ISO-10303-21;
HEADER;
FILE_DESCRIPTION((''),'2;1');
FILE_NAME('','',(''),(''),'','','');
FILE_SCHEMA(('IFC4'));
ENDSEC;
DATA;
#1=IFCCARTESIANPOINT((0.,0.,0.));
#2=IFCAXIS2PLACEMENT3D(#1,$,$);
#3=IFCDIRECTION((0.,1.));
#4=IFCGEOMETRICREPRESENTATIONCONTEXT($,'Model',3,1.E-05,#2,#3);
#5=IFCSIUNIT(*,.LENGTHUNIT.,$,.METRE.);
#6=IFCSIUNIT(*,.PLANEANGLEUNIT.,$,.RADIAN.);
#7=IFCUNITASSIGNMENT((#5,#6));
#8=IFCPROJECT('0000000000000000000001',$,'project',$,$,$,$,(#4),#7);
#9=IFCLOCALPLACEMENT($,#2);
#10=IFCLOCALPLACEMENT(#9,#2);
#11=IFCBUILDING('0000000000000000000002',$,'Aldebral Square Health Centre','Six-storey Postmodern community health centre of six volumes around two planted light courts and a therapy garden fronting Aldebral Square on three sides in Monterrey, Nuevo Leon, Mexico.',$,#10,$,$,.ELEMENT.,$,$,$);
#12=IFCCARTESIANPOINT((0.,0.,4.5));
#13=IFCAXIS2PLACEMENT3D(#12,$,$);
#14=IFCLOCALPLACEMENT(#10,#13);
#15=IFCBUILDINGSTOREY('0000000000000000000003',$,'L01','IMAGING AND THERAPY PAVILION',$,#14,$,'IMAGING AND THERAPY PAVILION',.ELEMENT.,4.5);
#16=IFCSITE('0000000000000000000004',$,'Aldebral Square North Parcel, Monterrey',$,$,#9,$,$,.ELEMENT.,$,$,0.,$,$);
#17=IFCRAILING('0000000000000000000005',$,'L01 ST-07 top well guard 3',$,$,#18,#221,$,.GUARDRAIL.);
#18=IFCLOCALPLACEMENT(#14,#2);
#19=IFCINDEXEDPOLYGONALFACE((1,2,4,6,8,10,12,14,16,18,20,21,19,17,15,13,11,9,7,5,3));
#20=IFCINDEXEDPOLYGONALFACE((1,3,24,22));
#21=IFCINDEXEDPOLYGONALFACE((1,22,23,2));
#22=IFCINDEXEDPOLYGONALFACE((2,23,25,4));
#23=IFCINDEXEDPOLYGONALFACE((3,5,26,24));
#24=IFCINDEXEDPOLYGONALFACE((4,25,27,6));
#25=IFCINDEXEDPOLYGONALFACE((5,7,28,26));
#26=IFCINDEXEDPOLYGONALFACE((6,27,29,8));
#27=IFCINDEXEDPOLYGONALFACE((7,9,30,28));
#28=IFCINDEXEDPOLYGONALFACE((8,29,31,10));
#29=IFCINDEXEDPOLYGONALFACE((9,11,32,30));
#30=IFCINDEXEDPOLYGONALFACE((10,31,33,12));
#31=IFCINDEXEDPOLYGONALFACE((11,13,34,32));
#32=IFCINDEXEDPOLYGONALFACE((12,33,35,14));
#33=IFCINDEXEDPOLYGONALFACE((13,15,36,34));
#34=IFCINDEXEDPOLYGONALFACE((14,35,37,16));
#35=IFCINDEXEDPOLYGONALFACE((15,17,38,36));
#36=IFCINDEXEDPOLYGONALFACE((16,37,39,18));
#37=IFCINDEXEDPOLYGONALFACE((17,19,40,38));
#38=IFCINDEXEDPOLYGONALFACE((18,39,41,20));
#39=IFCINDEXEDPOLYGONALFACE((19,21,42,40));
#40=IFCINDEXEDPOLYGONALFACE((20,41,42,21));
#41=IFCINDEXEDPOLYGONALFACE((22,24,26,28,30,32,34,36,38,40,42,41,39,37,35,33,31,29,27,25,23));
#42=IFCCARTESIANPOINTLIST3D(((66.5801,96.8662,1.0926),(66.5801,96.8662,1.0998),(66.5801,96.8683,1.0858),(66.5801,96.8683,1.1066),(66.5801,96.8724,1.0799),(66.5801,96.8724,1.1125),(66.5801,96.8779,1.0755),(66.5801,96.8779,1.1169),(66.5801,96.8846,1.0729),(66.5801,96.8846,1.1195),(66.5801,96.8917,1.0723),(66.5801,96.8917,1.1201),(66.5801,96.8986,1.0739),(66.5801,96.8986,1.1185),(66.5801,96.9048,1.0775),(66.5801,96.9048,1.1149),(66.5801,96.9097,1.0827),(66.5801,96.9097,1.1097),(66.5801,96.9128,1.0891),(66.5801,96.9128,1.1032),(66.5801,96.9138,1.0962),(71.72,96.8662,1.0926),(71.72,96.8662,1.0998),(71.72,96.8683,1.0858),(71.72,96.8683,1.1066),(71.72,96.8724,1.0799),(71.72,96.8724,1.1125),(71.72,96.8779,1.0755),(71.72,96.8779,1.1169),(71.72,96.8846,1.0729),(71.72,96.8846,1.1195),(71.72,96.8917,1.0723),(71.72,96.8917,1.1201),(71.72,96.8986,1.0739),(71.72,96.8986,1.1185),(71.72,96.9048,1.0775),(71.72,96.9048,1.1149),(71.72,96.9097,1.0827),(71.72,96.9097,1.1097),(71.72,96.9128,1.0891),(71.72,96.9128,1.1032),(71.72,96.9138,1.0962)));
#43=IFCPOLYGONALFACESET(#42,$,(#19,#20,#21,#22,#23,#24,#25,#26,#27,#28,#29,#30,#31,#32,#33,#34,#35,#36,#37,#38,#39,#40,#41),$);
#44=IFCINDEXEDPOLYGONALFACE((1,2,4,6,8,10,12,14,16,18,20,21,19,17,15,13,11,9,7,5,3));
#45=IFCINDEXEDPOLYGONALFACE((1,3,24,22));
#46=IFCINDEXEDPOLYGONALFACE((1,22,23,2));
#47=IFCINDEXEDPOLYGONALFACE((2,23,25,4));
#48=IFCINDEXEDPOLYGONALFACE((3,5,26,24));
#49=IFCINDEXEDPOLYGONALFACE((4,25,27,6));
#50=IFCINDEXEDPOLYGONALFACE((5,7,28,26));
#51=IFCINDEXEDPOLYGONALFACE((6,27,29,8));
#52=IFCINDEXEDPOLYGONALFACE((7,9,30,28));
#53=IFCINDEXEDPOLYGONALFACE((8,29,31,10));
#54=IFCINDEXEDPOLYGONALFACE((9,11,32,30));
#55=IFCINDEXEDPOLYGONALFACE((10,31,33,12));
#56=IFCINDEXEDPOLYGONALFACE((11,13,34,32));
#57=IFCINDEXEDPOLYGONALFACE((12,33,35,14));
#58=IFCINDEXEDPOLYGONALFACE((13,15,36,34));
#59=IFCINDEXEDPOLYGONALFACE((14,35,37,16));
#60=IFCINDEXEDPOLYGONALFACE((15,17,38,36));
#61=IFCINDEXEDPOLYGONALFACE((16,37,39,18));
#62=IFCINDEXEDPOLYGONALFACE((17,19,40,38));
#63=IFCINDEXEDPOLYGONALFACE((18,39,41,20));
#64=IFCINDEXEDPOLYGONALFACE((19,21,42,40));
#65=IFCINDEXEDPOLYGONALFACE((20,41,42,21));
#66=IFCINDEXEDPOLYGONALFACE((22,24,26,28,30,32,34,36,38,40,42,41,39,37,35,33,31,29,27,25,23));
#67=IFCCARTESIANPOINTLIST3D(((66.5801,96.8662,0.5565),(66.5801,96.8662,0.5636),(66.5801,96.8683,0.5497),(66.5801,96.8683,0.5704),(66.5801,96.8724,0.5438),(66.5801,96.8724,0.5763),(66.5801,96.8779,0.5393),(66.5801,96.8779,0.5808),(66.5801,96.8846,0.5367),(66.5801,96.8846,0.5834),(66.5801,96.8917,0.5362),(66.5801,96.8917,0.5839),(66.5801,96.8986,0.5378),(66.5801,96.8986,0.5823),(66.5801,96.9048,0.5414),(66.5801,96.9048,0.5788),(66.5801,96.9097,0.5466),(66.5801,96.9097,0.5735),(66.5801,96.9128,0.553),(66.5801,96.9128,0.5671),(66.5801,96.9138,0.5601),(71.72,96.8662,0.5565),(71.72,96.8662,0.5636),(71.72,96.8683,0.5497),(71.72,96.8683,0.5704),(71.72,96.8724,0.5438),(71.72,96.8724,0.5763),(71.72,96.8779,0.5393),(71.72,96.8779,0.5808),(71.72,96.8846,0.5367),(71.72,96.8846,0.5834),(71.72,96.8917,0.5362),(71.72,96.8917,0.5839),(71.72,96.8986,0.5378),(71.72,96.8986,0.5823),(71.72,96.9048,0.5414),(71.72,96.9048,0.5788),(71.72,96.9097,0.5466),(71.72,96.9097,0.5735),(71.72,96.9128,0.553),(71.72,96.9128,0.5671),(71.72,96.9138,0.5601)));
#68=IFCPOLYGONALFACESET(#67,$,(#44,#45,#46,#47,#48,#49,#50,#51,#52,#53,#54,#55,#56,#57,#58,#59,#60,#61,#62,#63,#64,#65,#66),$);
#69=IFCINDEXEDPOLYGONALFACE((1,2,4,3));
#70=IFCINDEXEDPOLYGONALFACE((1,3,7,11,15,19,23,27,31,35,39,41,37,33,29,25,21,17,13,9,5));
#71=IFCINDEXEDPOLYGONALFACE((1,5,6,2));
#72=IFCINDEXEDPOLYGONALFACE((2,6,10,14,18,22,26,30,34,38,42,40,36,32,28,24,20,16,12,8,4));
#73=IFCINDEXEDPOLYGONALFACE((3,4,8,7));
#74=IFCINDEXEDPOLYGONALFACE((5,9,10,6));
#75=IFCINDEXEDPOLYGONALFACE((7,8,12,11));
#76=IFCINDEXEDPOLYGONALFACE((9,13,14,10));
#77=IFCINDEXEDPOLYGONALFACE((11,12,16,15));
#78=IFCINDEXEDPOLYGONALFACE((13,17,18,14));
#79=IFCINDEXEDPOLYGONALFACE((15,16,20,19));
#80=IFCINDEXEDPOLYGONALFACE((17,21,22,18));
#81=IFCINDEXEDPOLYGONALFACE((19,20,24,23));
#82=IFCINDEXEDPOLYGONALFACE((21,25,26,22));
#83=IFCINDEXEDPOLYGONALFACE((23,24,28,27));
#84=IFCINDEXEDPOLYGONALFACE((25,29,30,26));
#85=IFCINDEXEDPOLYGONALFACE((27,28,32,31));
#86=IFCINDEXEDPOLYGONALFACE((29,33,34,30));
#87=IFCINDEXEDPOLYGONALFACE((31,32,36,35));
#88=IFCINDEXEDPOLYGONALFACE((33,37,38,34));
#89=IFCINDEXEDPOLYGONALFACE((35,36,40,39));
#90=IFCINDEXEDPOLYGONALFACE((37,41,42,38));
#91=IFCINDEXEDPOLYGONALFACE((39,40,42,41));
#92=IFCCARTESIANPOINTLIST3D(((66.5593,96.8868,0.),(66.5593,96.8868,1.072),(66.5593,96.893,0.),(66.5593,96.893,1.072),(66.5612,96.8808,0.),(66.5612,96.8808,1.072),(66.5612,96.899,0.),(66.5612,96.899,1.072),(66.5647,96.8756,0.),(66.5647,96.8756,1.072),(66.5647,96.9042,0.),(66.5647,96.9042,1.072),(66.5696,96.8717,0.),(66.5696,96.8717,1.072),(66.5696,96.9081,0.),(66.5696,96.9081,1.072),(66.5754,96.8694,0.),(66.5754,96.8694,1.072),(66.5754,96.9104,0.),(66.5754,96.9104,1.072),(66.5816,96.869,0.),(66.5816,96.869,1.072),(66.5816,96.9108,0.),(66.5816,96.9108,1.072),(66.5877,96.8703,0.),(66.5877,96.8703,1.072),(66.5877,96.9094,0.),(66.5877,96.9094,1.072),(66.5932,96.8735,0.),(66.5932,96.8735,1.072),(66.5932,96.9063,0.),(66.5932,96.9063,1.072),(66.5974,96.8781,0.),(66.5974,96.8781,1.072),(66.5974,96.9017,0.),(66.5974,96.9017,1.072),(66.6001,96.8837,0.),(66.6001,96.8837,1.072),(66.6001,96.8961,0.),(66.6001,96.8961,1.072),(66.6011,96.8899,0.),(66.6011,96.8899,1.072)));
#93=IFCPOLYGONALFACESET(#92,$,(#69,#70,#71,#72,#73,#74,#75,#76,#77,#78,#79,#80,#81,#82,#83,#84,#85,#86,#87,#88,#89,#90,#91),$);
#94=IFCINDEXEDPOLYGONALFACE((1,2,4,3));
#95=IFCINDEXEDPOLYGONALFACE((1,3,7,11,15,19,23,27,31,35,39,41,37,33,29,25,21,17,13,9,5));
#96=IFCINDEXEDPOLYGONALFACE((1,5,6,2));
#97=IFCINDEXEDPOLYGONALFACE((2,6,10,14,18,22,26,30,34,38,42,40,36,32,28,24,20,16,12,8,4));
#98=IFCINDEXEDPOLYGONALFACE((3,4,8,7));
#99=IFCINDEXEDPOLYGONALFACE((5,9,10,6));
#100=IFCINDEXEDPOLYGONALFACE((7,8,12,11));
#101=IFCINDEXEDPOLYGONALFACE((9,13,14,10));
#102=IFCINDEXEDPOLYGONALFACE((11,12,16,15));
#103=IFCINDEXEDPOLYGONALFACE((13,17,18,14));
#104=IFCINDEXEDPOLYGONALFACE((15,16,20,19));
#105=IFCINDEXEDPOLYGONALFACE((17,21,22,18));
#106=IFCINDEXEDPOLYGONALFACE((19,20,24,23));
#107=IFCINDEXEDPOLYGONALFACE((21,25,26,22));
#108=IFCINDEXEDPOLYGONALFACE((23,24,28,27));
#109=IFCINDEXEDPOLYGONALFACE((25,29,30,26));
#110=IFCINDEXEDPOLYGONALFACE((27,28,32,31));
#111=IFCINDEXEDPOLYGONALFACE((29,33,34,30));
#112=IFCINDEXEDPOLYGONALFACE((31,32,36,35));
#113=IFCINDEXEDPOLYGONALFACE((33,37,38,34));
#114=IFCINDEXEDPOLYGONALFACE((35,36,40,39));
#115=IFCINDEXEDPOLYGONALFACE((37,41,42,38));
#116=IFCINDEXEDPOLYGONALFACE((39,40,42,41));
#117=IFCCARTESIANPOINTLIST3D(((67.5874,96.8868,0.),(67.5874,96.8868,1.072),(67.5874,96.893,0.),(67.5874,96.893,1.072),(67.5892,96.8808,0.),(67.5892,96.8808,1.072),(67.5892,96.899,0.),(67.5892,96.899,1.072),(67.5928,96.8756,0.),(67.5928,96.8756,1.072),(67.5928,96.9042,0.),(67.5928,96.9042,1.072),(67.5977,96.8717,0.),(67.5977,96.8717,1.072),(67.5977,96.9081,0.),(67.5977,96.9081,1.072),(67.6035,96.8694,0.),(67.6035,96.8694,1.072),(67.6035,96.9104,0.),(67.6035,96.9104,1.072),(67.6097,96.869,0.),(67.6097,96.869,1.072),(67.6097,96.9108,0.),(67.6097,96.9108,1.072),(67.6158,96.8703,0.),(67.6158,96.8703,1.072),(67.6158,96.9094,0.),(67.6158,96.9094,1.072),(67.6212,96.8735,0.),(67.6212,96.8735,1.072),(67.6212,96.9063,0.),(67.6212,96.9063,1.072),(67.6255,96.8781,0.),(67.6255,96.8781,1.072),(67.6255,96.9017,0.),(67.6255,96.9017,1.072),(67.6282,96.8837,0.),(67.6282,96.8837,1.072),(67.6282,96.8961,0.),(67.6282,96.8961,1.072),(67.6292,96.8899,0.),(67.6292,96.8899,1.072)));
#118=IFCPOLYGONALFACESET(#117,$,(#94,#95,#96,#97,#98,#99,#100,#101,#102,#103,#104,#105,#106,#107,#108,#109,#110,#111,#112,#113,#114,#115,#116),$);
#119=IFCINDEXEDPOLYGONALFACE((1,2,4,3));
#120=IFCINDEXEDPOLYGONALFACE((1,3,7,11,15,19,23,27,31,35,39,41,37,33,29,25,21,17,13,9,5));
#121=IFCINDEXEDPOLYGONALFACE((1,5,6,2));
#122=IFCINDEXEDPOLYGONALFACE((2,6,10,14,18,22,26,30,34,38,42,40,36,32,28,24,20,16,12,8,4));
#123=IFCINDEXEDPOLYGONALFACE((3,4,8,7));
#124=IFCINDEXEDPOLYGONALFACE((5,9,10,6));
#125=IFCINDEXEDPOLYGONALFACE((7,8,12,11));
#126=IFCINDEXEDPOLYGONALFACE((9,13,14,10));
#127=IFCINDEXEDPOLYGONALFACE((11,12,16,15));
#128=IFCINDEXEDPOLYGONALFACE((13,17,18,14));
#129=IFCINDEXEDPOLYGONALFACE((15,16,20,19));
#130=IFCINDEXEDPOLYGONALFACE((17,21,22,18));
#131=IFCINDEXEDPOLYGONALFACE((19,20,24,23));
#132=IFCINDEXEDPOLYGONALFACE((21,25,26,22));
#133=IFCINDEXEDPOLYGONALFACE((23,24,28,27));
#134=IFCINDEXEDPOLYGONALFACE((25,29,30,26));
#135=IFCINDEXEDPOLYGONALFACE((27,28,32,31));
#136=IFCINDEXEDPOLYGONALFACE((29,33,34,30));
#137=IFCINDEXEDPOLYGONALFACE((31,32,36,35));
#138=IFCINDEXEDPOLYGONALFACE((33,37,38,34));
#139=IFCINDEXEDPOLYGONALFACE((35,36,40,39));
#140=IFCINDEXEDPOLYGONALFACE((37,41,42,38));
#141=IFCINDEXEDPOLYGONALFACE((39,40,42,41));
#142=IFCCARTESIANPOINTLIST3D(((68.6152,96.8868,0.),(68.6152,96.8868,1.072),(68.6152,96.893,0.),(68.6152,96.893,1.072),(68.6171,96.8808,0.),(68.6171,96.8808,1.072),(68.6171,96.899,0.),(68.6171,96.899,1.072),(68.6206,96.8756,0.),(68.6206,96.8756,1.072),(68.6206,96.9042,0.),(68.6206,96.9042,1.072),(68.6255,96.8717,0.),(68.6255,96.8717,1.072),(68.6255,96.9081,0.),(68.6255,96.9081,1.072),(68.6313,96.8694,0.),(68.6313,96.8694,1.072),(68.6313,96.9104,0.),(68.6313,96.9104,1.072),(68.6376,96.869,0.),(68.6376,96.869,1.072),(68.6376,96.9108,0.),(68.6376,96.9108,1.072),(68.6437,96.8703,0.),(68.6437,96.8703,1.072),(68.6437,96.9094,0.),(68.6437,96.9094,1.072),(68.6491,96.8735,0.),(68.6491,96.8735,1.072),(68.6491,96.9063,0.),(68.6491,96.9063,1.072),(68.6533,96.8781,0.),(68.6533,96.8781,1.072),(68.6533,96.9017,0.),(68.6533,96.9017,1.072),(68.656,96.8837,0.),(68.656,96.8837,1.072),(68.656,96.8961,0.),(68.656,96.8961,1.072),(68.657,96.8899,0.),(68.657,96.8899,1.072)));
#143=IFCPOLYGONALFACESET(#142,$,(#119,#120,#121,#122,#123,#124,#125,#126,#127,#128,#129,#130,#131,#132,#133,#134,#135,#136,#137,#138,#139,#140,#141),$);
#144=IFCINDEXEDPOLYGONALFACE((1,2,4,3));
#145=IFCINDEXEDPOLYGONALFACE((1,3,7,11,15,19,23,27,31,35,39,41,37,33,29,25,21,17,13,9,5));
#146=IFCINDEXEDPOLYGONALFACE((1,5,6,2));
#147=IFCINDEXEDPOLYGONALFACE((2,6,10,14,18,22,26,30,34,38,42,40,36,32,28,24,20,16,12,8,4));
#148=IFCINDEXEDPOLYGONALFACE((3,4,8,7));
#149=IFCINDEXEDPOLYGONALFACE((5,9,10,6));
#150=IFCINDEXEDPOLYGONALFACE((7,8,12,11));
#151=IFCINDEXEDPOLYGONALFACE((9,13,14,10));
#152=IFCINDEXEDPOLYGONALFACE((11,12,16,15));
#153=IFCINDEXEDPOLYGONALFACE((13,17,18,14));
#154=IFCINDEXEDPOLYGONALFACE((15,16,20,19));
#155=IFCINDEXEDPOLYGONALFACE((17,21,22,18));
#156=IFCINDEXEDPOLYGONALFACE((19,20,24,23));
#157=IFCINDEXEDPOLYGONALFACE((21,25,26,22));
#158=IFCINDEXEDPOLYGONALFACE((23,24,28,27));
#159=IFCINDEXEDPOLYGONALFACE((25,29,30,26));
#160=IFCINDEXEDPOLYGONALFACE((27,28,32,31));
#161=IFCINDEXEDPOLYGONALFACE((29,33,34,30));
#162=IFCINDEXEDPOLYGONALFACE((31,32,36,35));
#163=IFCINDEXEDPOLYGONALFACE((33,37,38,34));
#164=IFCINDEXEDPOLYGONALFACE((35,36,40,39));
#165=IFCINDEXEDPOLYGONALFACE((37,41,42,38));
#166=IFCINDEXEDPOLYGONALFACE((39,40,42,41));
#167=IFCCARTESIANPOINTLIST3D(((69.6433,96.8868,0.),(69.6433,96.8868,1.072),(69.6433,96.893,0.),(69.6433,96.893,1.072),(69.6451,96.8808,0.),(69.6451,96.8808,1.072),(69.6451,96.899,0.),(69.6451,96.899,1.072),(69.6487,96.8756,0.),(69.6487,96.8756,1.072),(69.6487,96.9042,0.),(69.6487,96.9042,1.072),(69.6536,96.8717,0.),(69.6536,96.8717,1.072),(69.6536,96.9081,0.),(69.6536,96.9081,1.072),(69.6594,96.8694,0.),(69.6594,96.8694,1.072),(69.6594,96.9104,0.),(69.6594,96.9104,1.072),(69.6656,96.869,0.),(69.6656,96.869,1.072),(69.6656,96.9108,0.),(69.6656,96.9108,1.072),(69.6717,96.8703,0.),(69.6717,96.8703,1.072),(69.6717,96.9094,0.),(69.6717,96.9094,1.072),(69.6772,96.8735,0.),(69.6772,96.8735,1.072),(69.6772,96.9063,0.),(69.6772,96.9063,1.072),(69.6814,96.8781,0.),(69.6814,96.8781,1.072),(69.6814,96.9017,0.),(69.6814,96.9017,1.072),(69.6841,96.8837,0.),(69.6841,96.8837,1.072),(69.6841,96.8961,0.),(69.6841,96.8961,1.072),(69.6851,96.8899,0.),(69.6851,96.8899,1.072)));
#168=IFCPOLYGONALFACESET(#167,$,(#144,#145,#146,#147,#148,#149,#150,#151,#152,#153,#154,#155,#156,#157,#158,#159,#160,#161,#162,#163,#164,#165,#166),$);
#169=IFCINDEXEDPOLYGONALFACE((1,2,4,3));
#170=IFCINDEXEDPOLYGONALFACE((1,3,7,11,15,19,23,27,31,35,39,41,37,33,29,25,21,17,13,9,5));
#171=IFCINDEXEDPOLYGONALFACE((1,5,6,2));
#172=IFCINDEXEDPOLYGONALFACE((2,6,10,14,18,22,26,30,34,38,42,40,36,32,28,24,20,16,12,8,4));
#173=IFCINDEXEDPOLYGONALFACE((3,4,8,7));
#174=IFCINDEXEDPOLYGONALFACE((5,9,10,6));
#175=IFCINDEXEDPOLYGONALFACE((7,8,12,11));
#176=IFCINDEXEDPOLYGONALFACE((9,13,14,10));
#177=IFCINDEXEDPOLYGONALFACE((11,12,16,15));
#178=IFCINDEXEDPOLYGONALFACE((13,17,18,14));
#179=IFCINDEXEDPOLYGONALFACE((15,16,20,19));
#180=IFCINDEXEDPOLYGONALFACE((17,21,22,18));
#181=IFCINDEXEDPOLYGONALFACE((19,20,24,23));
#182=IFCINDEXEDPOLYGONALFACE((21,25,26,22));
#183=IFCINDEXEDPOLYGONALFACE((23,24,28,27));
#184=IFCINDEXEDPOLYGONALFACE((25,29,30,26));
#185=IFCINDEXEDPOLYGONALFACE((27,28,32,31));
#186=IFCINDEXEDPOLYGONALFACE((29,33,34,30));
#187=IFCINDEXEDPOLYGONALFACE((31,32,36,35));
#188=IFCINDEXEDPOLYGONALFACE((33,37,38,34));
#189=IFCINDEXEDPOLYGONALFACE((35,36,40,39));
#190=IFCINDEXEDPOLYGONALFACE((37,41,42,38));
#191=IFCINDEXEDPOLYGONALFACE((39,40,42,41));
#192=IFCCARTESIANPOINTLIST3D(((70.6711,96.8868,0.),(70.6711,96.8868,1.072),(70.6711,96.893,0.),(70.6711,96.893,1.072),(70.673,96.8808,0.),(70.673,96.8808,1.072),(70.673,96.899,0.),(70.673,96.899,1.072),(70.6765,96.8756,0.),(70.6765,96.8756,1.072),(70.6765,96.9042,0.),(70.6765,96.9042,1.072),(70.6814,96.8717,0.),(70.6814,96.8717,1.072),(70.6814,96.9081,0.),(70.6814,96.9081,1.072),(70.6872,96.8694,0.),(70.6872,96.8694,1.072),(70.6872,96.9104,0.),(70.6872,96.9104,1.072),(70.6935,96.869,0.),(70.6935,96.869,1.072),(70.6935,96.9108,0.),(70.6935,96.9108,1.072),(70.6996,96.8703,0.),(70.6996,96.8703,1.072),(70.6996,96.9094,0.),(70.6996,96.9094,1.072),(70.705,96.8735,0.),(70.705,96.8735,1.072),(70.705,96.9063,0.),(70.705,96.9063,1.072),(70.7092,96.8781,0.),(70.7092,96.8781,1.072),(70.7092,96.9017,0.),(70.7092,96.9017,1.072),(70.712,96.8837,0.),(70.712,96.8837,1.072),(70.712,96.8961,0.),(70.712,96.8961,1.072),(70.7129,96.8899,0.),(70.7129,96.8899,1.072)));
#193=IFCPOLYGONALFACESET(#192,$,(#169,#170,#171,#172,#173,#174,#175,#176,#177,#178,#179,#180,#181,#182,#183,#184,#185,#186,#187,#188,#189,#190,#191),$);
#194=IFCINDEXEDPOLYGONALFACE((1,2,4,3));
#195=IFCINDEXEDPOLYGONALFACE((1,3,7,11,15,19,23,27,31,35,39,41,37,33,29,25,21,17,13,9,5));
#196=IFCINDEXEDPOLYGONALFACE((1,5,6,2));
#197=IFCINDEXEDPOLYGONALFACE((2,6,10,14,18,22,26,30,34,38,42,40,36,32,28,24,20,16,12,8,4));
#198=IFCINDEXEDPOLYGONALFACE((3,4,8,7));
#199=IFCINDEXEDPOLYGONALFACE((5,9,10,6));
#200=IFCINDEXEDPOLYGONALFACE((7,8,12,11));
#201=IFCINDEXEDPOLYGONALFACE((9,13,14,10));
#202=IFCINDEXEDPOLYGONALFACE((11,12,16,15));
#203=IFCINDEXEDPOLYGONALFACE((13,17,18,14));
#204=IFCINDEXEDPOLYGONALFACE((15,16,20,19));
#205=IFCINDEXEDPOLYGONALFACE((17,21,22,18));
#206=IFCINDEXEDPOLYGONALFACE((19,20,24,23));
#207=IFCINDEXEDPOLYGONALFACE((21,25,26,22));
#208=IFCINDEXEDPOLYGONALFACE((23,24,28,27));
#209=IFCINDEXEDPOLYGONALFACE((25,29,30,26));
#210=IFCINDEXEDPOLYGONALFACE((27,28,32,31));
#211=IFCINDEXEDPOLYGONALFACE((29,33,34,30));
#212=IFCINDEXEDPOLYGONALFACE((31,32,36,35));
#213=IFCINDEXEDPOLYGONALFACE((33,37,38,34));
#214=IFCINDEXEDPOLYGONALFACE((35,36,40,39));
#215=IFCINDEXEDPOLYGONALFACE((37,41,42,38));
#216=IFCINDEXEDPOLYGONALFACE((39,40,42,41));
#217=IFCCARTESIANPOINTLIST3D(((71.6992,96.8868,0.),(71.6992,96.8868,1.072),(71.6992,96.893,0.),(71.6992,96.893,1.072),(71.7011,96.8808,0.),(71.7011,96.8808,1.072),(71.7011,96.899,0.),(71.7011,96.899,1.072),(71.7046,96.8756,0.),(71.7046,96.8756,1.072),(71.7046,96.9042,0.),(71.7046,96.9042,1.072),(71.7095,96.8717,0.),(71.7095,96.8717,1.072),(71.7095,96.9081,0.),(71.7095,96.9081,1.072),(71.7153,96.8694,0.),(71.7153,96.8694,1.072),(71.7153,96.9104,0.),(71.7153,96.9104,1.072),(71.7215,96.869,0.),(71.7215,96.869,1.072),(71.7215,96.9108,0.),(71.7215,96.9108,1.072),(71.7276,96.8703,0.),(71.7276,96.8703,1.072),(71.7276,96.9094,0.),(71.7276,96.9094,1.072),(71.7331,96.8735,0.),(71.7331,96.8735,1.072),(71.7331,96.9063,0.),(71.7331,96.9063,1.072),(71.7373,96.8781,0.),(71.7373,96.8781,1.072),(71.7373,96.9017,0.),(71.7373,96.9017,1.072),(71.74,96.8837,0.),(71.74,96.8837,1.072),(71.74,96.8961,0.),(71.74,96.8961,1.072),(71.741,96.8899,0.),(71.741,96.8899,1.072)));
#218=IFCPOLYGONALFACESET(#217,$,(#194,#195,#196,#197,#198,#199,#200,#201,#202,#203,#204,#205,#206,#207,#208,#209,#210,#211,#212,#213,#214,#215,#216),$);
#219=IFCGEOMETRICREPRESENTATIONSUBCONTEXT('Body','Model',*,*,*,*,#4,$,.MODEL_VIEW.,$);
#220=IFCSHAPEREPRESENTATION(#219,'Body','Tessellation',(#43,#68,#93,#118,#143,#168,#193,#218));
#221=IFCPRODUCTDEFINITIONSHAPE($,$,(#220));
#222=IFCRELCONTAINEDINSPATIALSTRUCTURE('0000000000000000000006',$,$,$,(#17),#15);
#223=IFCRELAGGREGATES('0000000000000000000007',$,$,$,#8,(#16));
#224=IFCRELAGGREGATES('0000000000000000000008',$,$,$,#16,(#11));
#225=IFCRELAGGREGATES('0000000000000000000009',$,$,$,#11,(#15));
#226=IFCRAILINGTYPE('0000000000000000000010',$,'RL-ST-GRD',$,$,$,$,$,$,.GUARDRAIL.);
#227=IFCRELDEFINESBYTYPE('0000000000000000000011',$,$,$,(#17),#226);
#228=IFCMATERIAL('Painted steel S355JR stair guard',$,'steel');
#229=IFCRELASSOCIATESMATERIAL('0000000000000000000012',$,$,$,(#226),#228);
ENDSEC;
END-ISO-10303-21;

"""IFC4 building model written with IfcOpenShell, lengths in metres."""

from ifc_helpers import new_model, si_unit, direction, frame, origin, origin_2d, place, context, subcontext, project, spatial, circle, extrude, material, type_object, element, save


model = new_model("IFC4")

# Units and contexts
model_context = context("Model", 3, precision=1e-05, world=origin(), true_north=direction((0.0, 1.0)))
body_context = subcontext(model_context, "Body", "Model", "MODEL_VIEW")
ifc_project = project(units=[si_unit("LENGTHUNIT", "METRE"), si_unit("PLANEANGLEUNIT", "RADIAN")], contexts=[model_context])

# Site, building, storey
site_placement = place(None, origin())
site = spatial("IfcSite", under=ifc_project, at=site_placement, Name="Aldebral Square North Parcel, Monterrey", CompositionType="ELEMENT", RefElevation=0.0)
building_placement = place(site_placement, origin())
building = spatial("IfcBuilding", under=site, at=building_placement, Name="Aldebral Square Health Centre", Description="Six-storey Postmodern community health centre of six volumes around two planted light courts and a therapy garden fronting Aldebral Square on three sides in Monterrey, Nuevo Leon, Mexico.", CompositionType="ELEMENT")
storey_placement = place(building_placement, frame((0.0, 0.0, 4.5)))
storey = spatial("IfcBuildingStorey", under=building, at=storey_placement, Name="L01", Description="IMAGING AND THERAPY PAVILION", LongName="IMAGING AND THERAPY PAVILION", CompositionType="ELEMENT", Elevation=4.5)

# Railing
ifc_material_1 = material(Name="Painted steel S355JR stair guard", Category="steel")
railing_type = type_object("IfcRailingType", Name="RL-ST-GRD", PredefinedType="GUARDRAIL", material=ifc_material_1)
railing_1_placement = place(storey_placement, frame((66.5801, 96.8899, 0.0)))
element("IfcRailing", 1, at=railing_1_placement, inside=storey, type_object=railing_type, Name="L01 ST-07 top well guard 3", PredefinedType="GUARDRAIL", context=body_context, shape_type="SweptSolid", body=[
    extrude(circle(Radius=0.0239, at=origin_2d()), frame((0.0, 0.0, 1.0962), z_axis=(1.0, 0.0, 0.0), x_axis=(0.0, 1.0, 0.0)), (0.0, 0.0, 1.0), 5.1399),
    extrude(circle(Radius=0.0239, at=origin_2d()), frame((0.0, 0.0, 0.5601), z_axis=(1.0, 0.0, 0.0), x_axis=(0.0, 1.0, 0.0)), (0.0, 0.0, 1.0), 5.1399),
    extrude(circle(Radius=0.021, at=origin_2d()), origin(), (0.0, 0.0, 1.0), 1.072),
    extrude(circle(Radius=0.021, at=origin_2d()), frame((1.0281, 0.0, 0.0)), (0.0, 0.0, 1.0), 1.072),
    extrude(circle(Radius=0.021, at=origin_2d()), frame((2.0559, 0.0, 0.0)), (0.0, 0.0, 1.0), 1.072),
    extrude(circle(Radius=0.021, at=origin_2d()), frame((3.084, 0.0, 0.0)), (0.0, 0.0, 1.0), 1.072),
    extrude(circle(Radius=0.021, at=origin_2d()), frame((4.1118, 0.0, 0.0)), (0.0, 0.0, 1.0), 1.072),
    extrude(circle(Radius=0.021, at=origin_2d()), frame((5.1399, 0.0, 0.0)), (0.0, 0.0, 1.0), 1.072),
])

save(model, "model.ifc")
